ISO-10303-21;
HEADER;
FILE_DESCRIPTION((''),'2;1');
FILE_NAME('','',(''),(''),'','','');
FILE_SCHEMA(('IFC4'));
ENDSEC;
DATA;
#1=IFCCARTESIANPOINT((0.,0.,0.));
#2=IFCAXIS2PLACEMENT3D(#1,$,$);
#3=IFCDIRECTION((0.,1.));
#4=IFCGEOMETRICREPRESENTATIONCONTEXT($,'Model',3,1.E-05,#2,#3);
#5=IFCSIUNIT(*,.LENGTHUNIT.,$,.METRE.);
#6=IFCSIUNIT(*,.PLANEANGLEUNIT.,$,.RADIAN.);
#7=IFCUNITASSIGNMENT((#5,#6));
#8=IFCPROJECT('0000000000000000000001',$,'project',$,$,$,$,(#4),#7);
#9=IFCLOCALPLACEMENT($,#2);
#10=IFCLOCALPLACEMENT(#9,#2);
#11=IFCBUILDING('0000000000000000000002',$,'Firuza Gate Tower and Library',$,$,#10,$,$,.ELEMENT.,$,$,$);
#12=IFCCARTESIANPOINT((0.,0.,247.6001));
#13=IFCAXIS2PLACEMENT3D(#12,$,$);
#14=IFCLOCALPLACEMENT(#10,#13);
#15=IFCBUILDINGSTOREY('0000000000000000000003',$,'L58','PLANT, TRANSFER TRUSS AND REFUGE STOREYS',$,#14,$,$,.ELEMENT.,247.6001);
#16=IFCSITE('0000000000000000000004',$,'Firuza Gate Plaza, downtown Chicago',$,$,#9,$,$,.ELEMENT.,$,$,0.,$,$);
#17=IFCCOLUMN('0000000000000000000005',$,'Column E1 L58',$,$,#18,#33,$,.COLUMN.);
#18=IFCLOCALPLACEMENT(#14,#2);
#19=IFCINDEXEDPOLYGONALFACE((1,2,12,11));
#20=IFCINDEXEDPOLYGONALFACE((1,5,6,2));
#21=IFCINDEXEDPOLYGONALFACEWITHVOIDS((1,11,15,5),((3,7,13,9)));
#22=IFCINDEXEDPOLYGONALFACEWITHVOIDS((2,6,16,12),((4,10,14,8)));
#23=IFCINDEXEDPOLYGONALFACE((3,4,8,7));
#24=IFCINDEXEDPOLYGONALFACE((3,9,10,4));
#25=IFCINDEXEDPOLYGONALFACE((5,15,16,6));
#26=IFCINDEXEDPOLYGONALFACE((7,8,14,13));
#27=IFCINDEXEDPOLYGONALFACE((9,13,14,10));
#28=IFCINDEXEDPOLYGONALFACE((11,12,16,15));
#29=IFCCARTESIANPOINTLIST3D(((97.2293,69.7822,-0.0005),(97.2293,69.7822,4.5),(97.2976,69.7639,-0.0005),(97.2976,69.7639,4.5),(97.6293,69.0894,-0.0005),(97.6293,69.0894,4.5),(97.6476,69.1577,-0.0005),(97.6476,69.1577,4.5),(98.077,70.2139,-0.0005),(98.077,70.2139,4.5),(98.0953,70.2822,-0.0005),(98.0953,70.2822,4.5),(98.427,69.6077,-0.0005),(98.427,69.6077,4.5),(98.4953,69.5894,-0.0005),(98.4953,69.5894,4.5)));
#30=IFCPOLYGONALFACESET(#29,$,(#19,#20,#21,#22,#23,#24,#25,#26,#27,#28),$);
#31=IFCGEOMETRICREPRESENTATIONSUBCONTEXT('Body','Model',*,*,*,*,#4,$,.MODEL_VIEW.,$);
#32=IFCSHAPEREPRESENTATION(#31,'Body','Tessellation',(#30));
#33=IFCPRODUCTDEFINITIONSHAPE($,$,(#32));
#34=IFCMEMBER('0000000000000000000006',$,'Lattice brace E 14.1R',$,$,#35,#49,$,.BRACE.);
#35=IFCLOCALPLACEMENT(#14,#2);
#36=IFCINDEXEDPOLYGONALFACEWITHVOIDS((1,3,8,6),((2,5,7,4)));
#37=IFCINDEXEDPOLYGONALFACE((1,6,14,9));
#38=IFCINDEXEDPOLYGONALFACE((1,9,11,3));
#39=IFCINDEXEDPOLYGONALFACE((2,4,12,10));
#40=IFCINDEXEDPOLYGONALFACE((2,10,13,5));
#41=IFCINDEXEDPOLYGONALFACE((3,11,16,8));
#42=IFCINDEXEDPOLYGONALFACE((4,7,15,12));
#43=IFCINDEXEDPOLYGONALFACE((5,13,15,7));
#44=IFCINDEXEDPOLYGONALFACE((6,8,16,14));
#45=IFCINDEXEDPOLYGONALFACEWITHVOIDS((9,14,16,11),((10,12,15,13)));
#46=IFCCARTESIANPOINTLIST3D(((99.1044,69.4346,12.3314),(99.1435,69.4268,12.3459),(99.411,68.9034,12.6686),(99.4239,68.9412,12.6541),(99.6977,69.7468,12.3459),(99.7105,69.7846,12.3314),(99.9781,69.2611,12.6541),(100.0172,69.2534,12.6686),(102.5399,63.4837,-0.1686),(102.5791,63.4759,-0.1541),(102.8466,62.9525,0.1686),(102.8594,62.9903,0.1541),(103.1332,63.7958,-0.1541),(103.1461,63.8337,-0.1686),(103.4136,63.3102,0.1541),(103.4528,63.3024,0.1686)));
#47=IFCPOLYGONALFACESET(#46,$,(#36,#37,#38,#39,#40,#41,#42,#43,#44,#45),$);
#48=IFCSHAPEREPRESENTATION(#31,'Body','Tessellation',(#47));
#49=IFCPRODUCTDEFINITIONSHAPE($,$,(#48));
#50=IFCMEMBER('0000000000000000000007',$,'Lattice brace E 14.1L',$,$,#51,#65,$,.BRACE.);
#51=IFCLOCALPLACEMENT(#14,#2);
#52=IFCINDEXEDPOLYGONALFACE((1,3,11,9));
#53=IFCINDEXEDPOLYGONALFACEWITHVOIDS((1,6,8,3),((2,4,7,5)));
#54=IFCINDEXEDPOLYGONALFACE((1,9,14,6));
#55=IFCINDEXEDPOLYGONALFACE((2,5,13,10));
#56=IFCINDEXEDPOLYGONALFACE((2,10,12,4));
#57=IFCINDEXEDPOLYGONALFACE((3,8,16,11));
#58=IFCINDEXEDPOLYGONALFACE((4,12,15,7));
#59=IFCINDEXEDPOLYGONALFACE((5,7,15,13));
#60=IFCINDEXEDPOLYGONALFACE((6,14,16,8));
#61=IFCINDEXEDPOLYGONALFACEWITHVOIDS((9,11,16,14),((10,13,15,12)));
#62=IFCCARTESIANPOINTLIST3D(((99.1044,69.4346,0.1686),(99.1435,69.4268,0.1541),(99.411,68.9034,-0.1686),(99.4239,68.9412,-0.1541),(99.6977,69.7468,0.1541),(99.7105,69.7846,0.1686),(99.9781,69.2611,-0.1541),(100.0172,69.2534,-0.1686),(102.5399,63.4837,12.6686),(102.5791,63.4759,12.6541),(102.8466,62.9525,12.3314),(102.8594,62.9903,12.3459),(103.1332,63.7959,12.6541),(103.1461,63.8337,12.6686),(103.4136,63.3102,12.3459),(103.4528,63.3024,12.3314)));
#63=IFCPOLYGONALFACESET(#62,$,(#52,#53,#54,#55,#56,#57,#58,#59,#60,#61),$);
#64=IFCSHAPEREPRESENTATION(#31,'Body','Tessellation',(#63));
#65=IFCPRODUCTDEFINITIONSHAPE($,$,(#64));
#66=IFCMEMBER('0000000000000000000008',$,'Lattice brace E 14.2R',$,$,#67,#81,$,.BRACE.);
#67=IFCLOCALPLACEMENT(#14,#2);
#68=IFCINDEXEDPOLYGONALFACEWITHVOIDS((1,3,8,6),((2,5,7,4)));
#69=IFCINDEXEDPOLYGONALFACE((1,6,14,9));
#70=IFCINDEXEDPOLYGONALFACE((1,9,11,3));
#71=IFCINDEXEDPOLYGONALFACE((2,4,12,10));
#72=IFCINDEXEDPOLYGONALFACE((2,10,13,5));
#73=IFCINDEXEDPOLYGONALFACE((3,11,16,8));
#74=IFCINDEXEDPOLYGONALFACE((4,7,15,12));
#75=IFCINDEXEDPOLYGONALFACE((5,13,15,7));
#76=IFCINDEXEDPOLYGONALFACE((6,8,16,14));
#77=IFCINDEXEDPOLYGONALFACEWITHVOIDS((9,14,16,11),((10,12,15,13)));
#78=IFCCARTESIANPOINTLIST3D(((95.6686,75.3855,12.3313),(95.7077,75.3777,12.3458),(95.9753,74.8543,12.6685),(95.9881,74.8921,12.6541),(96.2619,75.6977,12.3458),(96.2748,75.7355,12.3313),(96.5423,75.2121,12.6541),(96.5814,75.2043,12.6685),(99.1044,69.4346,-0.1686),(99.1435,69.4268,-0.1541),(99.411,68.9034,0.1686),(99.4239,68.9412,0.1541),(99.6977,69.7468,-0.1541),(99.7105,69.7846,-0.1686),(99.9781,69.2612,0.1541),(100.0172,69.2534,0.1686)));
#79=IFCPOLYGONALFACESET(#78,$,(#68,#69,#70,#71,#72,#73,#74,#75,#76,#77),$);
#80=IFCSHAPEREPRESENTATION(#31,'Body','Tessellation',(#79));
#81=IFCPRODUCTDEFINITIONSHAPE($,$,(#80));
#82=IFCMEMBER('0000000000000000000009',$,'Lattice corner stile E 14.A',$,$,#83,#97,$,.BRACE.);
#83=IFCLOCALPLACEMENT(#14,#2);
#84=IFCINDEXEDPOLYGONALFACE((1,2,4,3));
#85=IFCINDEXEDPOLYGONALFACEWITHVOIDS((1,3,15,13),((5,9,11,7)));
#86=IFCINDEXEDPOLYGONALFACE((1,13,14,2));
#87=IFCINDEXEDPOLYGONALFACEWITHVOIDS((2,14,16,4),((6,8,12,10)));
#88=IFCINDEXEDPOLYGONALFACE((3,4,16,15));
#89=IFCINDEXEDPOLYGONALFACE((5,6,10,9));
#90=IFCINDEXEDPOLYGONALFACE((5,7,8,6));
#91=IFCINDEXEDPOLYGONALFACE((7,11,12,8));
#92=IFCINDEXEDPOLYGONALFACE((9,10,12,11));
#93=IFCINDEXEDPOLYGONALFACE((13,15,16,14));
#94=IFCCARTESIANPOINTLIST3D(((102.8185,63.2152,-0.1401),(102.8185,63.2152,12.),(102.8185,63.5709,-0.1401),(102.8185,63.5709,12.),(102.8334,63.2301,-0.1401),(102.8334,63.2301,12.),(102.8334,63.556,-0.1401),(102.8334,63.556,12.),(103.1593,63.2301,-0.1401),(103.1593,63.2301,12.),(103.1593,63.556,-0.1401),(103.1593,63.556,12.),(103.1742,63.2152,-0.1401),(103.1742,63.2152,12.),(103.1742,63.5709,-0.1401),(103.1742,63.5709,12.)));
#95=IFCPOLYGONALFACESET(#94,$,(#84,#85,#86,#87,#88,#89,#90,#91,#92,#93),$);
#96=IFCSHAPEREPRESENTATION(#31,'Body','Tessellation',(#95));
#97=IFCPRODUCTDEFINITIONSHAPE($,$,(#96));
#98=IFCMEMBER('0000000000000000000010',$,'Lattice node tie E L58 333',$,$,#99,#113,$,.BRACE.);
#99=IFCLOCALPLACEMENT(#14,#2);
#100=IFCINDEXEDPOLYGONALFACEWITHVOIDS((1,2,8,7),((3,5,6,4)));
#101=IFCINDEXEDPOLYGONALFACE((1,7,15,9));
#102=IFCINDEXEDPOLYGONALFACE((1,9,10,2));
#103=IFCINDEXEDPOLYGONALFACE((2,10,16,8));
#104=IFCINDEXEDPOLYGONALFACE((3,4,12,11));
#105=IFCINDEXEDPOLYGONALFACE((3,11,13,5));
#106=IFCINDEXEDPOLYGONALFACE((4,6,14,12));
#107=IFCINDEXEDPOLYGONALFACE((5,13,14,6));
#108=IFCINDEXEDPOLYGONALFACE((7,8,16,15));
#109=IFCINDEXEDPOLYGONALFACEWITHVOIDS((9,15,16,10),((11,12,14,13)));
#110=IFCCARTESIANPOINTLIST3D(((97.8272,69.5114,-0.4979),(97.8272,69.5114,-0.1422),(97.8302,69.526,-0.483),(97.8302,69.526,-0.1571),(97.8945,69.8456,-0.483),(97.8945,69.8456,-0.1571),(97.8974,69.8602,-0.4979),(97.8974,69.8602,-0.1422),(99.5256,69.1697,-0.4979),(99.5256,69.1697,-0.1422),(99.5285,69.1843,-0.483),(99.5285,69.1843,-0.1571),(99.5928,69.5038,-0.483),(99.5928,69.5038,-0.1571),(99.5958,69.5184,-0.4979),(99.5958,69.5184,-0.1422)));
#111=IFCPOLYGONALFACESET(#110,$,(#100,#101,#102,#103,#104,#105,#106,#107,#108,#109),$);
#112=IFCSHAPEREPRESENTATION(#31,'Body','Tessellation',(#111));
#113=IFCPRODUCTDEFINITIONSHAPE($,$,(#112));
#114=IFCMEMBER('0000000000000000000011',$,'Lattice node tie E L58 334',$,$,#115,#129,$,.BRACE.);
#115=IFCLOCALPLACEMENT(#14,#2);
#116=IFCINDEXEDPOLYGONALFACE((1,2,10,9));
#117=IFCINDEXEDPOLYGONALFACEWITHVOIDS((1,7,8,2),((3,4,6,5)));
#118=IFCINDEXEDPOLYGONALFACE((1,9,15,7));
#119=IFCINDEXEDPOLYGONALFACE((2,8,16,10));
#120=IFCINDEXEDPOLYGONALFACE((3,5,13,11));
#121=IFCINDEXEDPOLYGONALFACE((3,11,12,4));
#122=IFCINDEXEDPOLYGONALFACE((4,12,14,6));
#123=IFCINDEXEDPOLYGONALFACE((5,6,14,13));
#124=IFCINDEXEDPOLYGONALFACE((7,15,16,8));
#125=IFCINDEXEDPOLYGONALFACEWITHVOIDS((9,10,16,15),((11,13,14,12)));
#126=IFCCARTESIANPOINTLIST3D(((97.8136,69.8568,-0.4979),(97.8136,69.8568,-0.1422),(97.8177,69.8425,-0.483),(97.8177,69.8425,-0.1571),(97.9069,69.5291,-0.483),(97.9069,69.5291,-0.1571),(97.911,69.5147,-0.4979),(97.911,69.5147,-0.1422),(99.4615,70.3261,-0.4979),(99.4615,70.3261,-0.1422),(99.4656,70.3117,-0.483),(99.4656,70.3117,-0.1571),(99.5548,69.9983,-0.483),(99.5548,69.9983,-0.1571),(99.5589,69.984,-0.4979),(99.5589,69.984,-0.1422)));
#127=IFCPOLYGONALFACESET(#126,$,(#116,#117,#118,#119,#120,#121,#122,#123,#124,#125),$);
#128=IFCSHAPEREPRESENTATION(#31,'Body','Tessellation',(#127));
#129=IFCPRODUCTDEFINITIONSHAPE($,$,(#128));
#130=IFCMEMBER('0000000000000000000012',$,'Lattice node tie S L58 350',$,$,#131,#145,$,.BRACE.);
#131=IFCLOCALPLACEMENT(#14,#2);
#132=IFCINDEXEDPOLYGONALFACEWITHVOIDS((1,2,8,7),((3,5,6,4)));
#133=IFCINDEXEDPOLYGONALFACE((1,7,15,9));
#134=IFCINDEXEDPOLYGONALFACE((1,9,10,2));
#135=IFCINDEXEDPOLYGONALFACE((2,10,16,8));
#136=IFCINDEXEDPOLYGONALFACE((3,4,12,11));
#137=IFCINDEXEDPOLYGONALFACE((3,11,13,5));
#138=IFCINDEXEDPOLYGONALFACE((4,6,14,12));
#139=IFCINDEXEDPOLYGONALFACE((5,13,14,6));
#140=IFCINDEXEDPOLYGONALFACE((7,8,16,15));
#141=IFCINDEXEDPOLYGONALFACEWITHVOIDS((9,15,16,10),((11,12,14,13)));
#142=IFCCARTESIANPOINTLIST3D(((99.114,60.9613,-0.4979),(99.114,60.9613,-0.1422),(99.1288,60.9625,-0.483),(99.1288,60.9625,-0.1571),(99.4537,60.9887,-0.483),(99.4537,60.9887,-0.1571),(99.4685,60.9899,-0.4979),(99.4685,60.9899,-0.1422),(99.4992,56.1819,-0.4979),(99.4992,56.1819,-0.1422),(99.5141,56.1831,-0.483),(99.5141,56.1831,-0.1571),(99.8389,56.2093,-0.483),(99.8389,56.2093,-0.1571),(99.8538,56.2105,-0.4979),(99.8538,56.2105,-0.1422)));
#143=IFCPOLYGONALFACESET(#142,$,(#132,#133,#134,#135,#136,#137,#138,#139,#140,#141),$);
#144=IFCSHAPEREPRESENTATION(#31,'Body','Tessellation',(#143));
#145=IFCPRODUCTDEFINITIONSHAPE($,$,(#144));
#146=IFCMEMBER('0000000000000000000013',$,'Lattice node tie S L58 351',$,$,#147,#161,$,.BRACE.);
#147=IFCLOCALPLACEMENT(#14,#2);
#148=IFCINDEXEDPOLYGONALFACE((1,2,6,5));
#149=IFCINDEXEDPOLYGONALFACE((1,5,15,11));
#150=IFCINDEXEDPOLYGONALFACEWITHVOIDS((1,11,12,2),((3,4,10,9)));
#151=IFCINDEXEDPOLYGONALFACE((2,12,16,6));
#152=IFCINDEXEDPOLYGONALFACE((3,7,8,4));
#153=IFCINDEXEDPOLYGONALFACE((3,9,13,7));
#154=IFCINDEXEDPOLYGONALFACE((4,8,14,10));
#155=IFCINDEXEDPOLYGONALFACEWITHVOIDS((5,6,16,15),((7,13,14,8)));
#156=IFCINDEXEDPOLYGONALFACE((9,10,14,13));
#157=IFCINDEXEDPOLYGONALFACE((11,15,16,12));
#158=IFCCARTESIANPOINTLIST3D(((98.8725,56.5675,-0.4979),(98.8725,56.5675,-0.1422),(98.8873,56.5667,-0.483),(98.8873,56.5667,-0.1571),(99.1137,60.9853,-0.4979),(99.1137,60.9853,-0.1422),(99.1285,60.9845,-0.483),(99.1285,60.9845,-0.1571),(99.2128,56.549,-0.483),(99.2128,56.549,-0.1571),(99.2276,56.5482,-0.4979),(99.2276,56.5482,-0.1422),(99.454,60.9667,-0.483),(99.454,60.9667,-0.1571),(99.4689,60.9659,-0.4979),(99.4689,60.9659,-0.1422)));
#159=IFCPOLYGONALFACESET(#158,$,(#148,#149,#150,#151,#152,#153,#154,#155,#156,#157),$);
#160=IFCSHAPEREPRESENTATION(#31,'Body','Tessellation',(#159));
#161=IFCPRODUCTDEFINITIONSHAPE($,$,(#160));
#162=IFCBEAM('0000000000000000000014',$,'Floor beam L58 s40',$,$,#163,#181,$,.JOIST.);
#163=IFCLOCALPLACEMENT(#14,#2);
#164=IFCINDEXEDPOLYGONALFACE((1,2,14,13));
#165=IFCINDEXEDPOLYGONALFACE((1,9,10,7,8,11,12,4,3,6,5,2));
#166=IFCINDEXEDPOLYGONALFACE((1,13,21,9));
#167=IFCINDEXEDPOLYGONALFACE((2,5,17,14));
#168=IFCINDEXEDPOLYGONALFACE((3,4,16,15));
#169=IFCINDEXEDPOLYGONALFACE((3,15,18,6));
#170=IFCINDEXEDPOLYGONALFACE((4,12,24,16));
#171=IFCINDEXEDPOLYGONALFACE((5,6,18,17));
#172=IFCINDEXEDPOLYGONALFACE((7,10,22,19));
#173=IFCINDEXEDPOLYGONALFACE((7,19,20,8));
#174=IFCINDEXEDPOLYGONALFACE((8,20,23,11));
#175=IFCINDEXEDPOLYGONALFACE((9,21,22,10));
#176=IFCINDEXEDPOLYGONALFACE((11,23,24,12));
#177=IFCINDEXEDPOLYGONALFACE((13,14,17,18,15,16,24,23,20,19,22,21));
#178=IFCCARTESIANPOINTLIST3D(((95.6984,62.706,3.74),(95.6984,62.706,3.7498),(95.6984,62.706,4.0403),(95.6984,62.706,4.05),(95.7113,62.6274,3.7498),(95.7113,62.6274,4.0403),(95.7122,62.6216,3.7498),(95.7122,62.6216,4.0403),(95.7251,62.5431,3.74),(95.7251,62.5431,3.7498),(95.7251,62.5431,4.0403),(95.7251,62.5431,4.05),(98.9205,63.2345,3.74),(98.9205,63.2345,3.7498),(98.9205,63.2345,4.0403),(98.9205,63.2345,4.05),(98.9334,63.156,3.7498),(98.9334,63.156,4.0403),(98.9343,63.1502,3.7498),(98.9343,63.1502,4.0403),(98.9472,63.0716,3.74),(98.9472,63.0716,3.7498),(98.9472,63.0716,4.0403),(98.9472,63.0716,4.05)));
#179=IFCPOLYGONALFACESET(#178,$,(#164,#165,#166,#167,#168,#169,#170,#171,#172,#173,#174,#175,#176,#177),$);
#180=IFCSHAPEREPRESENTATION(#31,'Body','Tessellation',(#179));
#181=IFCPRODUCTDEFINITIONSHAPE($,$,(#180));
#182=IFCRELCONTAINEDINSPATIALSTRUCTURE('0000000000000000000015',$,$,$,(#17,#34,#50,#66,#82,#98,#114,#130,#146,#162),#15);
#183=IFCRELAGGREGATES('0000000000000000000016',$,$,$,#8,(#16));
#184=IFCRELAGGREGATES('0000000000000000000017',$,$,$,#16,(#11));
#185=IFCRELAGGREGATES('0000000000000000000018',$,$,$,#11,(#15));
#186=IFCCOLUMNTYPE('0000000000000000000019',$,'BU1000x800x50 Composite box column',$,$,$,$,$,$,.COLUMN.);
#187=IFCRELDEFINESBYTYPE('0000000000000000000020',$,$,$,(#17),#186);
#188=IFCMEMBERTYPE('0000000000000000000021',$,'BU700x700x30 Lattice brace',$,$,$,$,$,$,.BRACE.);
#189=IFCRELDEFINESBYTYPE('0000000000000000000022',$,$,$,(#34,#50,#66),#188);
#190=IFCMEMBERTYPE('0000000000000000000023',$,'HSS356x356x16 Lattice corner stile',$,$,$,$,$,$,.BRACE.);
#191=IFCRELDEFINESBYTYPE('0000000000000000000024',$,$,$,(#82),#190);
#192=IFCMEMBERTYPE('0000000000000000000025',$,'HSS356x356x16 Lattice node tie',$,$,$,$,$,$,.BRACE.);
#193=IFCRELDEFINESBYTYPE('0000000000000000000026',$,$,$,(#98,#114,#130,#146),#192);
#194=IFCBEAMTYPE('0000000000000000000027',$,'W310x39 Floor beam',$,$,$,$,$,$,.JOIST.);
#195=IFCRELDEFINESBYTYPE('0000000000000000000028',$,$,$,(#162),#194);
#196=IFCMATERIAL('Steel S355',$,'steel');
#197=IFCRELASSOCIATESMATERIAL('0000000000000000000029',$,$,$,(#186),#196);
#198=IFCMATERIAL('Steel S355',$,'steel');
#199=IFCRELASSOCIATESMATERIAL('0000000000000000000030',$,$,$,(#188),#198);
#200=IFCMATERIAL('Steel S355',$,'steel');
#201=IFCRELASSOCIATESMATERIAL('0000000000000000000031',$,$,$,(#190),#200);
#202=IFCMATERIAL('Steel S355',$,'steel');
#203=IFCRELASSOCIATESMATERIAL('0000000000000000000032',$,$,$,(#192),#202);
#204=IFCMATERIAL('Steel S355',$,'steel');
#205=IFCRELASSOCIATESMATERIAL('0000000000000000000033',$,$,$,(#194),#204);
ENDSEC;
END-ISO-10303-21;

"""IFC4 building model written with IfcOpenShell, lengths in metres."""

from ifc_helpers import new_model, si_unit, direction, frame, origin, origin_2d, place, context, subcontext, project, spatial, hollow_rectangle, i_section, extrude, material, material_profile, profile_set, type_object, element, save


model = new_model("IFC4")

# Units and contexts
model_context = context("Model", 3, precision=1e-05, world=origin(), true_north=direction((0.0, 1.0)))
body_context = subcontext(model_context, "Body", "Model", "MODEL_VIEW")
ifc_project = project(units=[si_unit("LENGTHUNIT", "METRE"), si_unit("PLANEANGLEUNIT", "RADIAN")], contexts=[model_context])

# Site, building, storey
site_placement = place(None, origin())
site = spatial("IfcSite", under=ifc_project, at=site_placement, Name="Firuza Gate Plaza, downtown Chicago", CompositionType="ELEMENT", RefElevation=0.0)
building_placement = place(site_placement, origin())
building = spatial("IfcBuilding", under=site, at=building_placement, Name="Firuza Gate Tower and Library", CompositionType="ELEMENT")
storey_placement = place(building_placement, frame((0.0, 0.0, 247.6001)))
storey = spatial("IfcBuildingStorey", under=building, at=storey_placement, Name="L58", Description="PLANT, TRANSFER TRUSS AND REFUGE STOREYS", CompositionType="ELEMENT", Elevation=247.6001)

# Column
ifc_material_1 = material(Name="Steel S355", Category="steel")
ifc_material_profile_1 = material_profile(ifc_material_1, hollow_rectangle(XDim=0.8, YDim=1.0, WallThickness=0.05, at=origin_2d()))
ifc_profile_set_1 = profile_set([ifc_material_profile_1], Name="Steel S355")
column_type = type_object("IfcColumnType", Name="BU1000x800x50 Composite box column", PredefinedType="COLUMN", material=ifc_profile_set_1)
column_placement = place(storey_placement, frame((97.8623, 69.6858, -0.0005), z_axis=(0.0, 0.0, 1.0), x_axis=(-0.5, 0.866025, 0.0)))
element("IfcColumn", 1, at=column_placement, inside=storey, type_object=column_type, Name="Column E1 L58", PredefinedType="COLUMN", context=body_context, shape_type="SweptSolid", body=[
    extrude(hollow_rectangle(XDim=0.8, YDim=1.0, WallThickness=0.05, at=origin_2d()), origin(), (0.0, 0.0, 1.0), 4.5005),
])

# Members
ifc_material_2 = material(Name="Steel S355", Category="steel")
ifc_material_profile_2 = material_profile(ifc_material_2, hollow_rectangle(XDim=0.7, YDim=0.7, WallThickness=0.03, at=origin_2d()))
ifc_profile_set_2 = profile_set([ifc_material_profile_2], Name="Steel S355")
member_type_1 = type_object("IfcMemberType", Name="BU700x700x30 Lattice brace", PredefinedType="BRACE", material=ifc_profile_set_2)
for number, where, z_axis, x_axis, name in (
    (2, (102.9963, 63.3931, 0.0), (-0.240852, 0.417194, 0.876322), (-0.866039, -0.499976, 0.0), "Lattice brace E 14.1R"),
    (3, (99.5608, 69.344, 0.0), (0.240852, -0.417194, 0.876322), (0.866039, 0.499976, 0.0), "Lattice brace E 14.1L"),
    (4, (99.5608, 69.344, 0.0), (-0.240868, 0.417192, 0.876318), (-0.866024, -0.500002, 0.0), "Lattice brace E 14.2R"),
):
    element("IfcMember", number, at=place(storey_placement, frame(where, z_axis=z_axis, x_axis=x_axis)), inside=storey, type_object=member_type_1, Name=name, PredefinedType="BRACE", context=body_context, shape_type="SweptSolid", body=[
        extrude(hollow_rectangle(XDim=0.7, YDim=0.7, WallThickness=0.03, at=origin_2d()), origin(), (0.0, 0.0, 1.0), 14.2642),
    ])
ifc_material_3 = material(Name="Steel S355", Category="steel")
ifc_material_profile_3 = material_profile(ifc_material_3, hollow_rectangle(XDim=0.3557, YDim=0.3557, WallThickness=0.0149, at=origin_2d()))
ifc_profile_set_3 = profile_set([ifc_material_profile_3], Name="Steel S355")
member_type_2 = type_object("IfcMemberType", Name="HSS356x356x16 Lattice corner stile", PredefinedType="BRACE", material=ifc_profile_set_3)
member_1_placement = place(storey_placement, frame((102.9963, 63.3931, -0.1401), z_axis=(0.0, 0.0, 1.0), x_axis=(1.0, 0.0, 0.0)))
element("IfcMember", 5, at=member_1_placement, inside=storey, type_object=member_type_2, Name="Lattice corner stile E 14.A", PredefinedType="BRACE", context=body_context, shape_type="SweptSolid", body=[
    extrude(hollow_rectangle(XDim=0.3557, YDim=0.3557, WallThickness=0.0149, at=origin_2d()), origin(), (0.0, 0.0, 1.0), 12.1401),
])
ifc_material_4 = material(Name="Steel S355", Category="steel")
ifc_material_profile_4 = material_profile(ifc_material_4, hollow_rectangle(XDim=0.3557, YDim=0.3557, WallThickness=0.0149, at=origin_2d()))
ifc_profile_set_4 = profile_set([ifc_material_profile_4], Name="Steel S355")
member_type_3 = type_object("IfcMemberType", Name="HSS356x356x16 Lattice node tie", PredefinedType="BRACE", material=ifc_profile_set_4)
member_2_placement = place(storey_placement, frame((97.8623, 69.6858, -0.3201), z_axis=(0.980347, -0.197281, 0.0), x_axis=(0.197281, 0.980347, 0.0)))
element("IfcMember", 6, at=member_2_placement, inside=storey, type_object=member_type_3, Name="Lattice node tie E L58 333", PredefinedType="BRACE", context=body_context, shape_type="SweptSolid", body=[
    extrude(hollow_rectangle(XDim=0.3557, YDim=0.3557, WallThickness=0.0149, at=origin_2d()), origin(), (0.0, 0.0, 1.0), 1.7324),
])
member_3_placement = place(storey_placement, frame((97.8623, 69.6858, -0.3201), z_axis=(0.961771, 0.273855, 0.0), x_axis=(-0.273855, 0.961771, 0.0)))
element("IfcMember", 7, at=member_3_placement, inside=storey, type_object=member_type_3, Name="Lattice node tie E L58 334", PredefinedType="BRACE", context=body_context, shape_type="SweptSolid", body=[
    extrude(hollow_rectangle(XDim=0.3557, YDim=0.3557, WallThickness=0.0149, at=origin_2d()), origin(), (0.0, 0.0, 1.0), 1.7134),
])
member_4_placement = place(storey_placement, frame((99.2913, 60.9756, -0.3201), z_axis=(0.080344, -0.996767, 0.0), x_axis=(0.996767, 0.080344, 0.0)))
element("IfcMember", 8, at=member_4_placement, inside=storey, type_object=member_type_3, Name="Lattice node tie S L58 350", PredefinedType="BRACE", context=body_context, shape_type="SweptSolid", body=[
    extrude(hollow_rectangle(XDim=0.3557, YDim=0.3557, WallThickness=0.0149, at=origin_2d()), origin(), (0.0, 0.0, 1.0), 4.7949),
])
member_5_placement = place(storey_placement, frame((99.2913, 60.9756, -0.3201), z_axis=(-0.05452, -0.998513, 0.0), x_axis=(0.998513, -0.05452, 0.0)))
element("IfcMember", 9, at=member_5_placement, inside=storey, type_object=member_type_3, Name="Lattice node tie S L58 351", PredefinedType="BRACE", context=body_context, shape_type="SweptSolid", body=[
    extrude(hollow_rectangle(XDim=0.3557, YDim=0.3557, WallThickness=0.0149, at=origin_2d()), origin(), (0.0, 0.0, 1.0), 4.4243),
])

# Beam
ifc_material_5 = material(Name="Steel S355", Category="steel")
ifc_material_profile_5 = material_profile(ifc_material_5, i_section(OverallWidth=0.165, OverallDepth=0.3101, WebThickness=0.0059, FlangeThickness=0.0098, at=origin_2d()))
ifc_profile_set_5 = profile_set([ifc_material_profile_5], Name="Steel S355")
beam_type_1 = type_object("IfcBeamType", Name="W310x39 Floor beam", PredefinedType="JOIST", material=ifc_profile_set_5)
beam_1_placement = place(storey_placement, frame((98.9338, 63.1531, 3.895), z_axis=(-0.986811, -0.161876, 0.0), x_axis=(0.161876, -0.986811, 0.0)))
element("IfcBeam", 10, at=beam_1_placement, inside=storey, type_object=beam_type_1, Name="Floor beam L58 s40", PredefinedType="JOIST", context=body_context, shape_type="SweptSolid", body=[
    extrude(i_section(OverallWidth=0.165, OverallDepth=0.3101, WebThickness=0.0059, FlangeThickness=0.0098, at=origin_2d()), origin(), (0.0, 0.0, 1.0), 3.2651),
])

save(model, "model.ifc")
